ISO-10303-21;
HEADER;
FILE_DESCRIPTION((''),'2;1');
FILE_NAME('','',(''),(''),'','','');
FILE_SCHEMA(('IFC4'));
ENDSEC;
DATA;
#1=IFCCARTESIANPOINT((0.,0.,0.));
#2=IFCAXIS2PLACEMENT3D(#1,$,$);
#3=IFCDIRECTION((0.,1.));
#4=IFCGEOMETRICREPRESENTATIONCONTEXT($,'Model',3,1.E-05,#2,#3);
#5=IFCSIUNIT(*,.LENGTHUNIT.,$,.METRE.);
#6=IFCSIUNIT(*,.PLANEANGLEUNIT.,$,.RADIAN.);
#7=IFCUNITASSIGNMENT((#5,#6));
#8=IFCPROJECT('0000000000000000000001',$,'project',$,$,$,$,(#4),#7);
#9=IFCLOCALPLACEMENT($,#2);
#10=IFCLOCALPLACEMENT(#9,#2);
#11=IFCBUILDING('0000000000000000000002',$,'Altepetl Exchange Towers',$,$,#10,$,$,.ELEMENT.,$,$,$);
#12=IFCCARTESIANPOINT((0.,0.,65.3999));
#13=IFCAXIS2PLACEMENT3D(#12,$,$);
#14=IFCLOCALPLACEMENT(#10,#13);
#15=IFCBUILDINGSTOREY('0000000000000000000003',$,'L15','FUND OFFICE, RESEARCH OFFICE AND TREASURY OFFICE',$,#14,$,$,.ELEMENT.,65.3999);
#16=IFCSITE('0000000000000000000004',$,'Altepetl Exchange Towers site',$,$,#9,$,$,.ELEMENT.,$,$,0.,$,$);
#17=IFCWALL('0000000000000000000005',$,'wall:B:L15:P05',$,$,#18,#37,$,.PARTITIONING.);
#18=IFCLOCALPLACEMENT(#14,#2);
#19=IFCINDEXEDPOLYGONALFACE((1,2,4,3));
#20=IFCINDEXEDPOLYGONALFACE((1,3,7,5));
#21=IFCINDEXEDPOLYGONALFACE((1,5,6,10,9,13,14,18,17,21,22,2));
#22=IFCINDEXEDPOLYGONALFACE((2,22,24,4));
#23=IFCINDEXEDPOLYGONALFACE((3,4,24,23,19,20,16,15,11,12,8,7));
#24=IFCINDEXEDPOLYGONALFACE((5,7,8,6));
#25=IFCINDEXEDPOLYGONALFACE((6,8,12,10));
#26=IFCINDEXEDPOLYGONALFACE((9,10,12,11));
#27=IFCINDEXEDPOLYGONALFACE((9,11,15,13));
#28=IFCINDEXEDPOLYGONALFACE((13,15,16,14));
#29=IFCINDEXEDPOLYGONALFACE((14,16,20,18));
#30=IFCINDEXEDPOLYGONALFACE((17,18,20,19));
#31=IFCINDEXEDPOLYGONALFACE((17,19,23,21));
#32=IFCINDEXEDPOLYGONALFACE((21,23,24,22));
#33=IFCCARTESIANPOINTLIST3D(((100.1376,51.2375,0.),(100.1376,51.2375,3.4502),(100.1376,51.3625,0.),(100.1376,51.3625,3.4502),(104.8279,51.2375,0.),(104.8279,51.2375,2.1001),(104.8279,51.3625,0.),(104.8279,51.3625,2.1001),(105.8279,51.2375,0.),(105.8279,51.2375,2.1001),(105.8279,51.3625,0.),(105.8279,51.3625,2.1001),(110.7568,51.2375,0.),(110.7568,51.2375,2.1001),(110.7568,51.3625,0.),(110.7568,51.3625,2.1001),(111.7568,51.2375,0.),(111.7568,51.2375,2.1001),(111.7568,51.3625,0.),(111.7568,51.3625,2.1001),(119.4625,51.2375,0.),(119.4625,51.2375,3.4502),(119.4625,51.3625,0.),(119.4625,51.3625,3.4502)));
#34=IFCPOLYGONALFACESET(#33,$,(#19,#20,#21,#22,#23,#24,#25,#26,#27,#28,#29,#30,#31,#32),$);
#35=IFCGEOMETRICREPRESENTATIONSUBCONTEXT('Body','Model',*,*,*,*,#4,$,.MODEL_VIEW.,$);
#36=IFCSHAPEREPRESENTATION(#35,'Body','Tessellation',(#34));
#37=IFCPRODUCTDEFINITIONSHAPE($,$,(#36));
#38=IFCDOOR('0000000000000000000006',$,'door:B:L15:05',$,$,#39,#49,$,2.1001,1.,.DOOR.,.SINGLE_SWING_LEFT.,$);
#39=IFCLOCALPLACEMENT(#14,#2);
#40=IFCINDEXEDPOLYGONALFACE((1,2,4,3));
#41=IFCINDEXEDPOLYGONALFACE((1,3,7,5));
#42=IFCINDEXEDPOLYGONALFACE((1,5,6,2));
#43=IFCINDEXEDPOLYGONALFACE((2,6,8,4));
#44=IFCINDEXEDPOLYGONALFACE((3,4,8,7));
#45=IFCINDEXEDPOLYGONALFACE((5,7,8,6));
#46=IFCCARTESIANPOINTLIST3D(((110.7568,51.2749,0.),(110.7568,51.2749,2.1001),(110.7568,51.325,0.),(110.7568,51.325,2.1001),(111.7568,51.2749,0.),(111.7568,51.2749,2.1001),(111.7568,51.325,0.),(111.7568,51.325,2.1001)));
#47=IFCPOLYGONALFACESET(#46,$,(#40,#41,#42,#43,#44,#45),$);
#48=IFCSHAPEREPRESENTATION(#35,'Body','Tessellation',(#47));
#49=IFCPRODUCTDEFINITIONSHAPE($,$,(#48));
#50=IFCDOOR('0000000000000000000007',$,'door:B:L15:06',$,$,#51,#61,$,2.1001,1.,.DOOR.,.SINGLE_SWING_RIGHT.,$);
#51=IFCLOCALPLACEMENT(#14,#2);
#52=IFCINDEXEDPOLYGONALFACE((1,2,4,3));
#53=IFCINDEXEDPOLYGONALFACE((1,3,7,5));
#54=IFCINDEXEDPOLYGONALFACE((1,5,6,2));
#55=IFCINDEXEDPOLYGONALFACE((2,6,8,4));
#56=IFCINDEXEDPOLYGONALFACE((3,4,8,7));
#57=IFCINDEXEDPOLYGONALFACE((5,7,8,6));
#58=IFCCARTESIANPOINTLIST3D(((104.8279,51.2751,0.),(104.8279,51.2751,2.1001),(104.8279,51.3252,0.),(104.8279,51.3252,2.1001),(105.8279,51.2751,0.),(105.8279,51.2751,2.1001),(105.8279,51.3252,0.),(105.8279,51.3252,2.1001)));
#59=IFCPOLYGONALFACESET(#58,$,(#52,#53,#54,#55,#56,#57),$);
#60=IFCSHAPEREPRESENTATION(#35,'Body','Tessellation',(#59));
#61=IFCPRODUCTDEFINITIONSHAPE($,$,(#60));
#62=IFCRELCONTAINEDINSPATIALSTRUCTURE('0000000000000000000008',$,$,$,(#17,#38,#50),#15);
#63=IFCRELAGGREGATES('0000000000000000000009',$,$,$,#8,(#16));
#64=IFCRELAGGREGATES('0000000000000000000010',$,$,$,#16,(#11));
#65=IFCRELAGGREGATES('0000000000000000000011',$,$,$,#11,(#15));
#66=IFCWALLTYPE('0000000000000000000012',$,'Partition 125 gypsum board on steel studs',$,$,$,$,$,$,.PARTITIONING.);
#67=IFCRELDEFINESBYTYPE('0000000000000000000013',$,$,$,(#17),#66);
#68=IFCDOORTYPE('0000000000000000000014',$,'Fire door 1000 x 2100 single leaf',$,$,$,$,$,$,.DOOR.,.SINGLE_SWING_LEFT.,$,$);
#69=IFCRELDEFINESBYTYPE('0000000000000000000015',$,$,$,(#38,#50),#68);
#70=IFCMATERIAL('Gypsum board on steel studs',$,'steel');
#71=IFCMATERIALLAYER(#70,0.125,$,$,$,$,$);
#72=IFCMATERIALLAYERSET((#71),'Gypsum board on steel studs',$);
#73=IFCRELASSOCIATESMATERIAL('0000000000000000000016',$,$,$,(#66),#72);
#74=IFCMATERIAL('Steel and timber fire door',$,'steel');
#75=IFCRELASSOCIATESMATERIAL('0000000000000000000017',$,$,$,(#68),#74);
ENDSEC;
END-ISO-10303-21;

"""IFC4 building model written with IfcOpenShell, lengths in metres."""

from ifc_helpers import new_model, si_unit, direction, frame, frame_2d, origin, place, context, subcontext, project, spatial, rectangle, extrude, material, layer, layer_set, type_object, element, fill, save


model = new_model("IFC4")

# Units and contexts
model_context = context("Model", 3, precision=1e-05, world=origin(), true_north=direction((0.0, 1.0)))
body_context = subcontext(model_context, "Body", "Model", "MODEL_VIEW")
ifc_project = project(units=[si_unit("LENGTHUNIT", "METRE"), si_unit("PLANEANGLEUNIT", "RADIAN")], contexts=[model_context])

# Site, building, storey
site_placement = place(None, origin())
site = spatial("IfcSite", under=ifc_project, at=site_placement, Name="Altepetl Exchange Towers site", CompositionType="ELEMENT", RefElevation=0.0)
building_placement = place(site_placement, origin())
building = spatial("IfcBuilding", under=site, at=building_placement, Name="Altepetl Exchange Towers", CompositionType="ELEMENT")
storey_placement = place(building_placement, frame((0.0, 0.0, 65.3999)))
storey = spatial("IfcBuildingStorey", under=building, at=storey_placement, Name="L15", Description="FUND OFFICE, RESEARCH OFFICE AND TREASURY OFFICE", CompositionType="ELEMENT", Elevation=65.3999)

# Wall, openings, doors
ifc_material_1 = material(Name="Gypsum board on steel studs", Category="steel")
ifc_layer_1 = layer(ifc_material_1, 0.125)
ifc_layer_set_1 = layer_set([ifc_layer_1], Name="Gypsum board on steel studs")
wall_type = type_object("IfcWallType", Name="Partition 125 gypsum board on steel studs", PredefinedType="PARTITIONING", material=ifc_layer_set_1)
wall_placement = place(storey_placement, frame((100.1375, 51.3, 0.0)))
wall = element("IfcWall", 1, at=wall_placement, inside=storey, type_object=wall_type, Name="wall:B:L15:P05", PredefinedType="PARTITIONING", context=body_context, shape_type="SweptSolid", body=[
    extrude(rectangle(XDim=19.325, YDim=0.125, at=frame_2d((9.6626, 0.0))), origin(), (0.0, 0.0, 1.0), 3.4502),
])
opening_1_placement = place(wall_placement, frame((10.6194, 0.0, 0.0)))
opening_1 = element("IfcOpeningElement", 2, at=opening_1_placement, cuts=wall, PredefinedType="OPENING", context=body_context, shape_type="SweptSolid", body=[
    extrude(rectangle(XDim=1.0, YDim=2.1001, at=frame_2d((0.5, 1.05))), frame((0.0, 0.0725, 0.0), z_axis=(0.0, -1.0, 0.0), x_axis=(1.0, 0.0, 0.0)), (0.0, 0.0, 1.0), 0.145),
])
opening_2_placement = place(wall_placement, frame((4.6904, 0.0, 0.0)))
opening_2 = element("IfcOpeningElement", 3, at=opening_2_placement, cuts=wall, PredefinedType="OPENING", context=body_context, shape_type="SweptSolid", body=[
    extrude(rectangle(XDim=1.0, YDim=2.1001, at=frame_2d((0.5, 1.05))), frame((0.0, 0.0725, 0.0), z_axis=(0.0, -1.0, 0.0), x_axis=(1.0, 0.0, 0.0)), (0.0, 0.0, 1.0), 0.145),
])
ifc_material_2 = material(Name="Steel and timber fire door", Category="steel")
door_type = type_object("IfcDoorType", Name="Fire door 1000 x 2100 single leaf", OperationType="SINGLE_SWING_LEFT", PredefinedType="DOOR", material=ifc_material_2)
door_1_placement = place(opening_1_placement, origin())
door_1 = element("IfcDoor", 4, at=door_1_placement, inside=storey, type_object=door_type, Name="door:B:L15:05", OperationType="SINGLE_SWING_LEFT", OverallHeight=2.1001, OverallWidth=1.0, PredefinedType="DOOR", context=body_context, shape_type="SweptSolid", body=[
    extrude(rectangle(XDim=1.0, YDim=2.1001, at=frame_2d((0.5, 1.05))), frame((0.0, 0.0249, 0.0), z_axis=(0.0, -1.0, 0.0), x_axis=(1.0, 0.0, 0.0)), (0.0, 0.0, 1.0), 0.05),
])
fill(opening_1, door_1)
door_2_placement = place(opening_2_placement, frame((1.0, 0.0, 0.0), x_axis=(-1.0, 0.0, 0.0)))
door_2 = element("IfcDoor", 5, at=door_2_placement, inside=storey, type_object=door_type, Name="door:B:L15:06", OperationType="SINGLE_SWING_RIGHT", OverallHeight=2.1001, OverallWidth=1.0, PredefinedType="DOOR", context=body_context, shape_type="SweptSolid", body=[
    extrude(rectangle(XDim=1.0, YDim=2.1001, at=frame_2d((0.5, 1.05))), frame((0.0, 0.0249, 0.0), z_axis=(0.0, -1.0, 0.0), x_axis=(1.0, 0.0, 0.0)), (0.0, 0.0, 1.0), 0.05),
])
fill(opening_2, door_2)

save(model, "model.ifc")
